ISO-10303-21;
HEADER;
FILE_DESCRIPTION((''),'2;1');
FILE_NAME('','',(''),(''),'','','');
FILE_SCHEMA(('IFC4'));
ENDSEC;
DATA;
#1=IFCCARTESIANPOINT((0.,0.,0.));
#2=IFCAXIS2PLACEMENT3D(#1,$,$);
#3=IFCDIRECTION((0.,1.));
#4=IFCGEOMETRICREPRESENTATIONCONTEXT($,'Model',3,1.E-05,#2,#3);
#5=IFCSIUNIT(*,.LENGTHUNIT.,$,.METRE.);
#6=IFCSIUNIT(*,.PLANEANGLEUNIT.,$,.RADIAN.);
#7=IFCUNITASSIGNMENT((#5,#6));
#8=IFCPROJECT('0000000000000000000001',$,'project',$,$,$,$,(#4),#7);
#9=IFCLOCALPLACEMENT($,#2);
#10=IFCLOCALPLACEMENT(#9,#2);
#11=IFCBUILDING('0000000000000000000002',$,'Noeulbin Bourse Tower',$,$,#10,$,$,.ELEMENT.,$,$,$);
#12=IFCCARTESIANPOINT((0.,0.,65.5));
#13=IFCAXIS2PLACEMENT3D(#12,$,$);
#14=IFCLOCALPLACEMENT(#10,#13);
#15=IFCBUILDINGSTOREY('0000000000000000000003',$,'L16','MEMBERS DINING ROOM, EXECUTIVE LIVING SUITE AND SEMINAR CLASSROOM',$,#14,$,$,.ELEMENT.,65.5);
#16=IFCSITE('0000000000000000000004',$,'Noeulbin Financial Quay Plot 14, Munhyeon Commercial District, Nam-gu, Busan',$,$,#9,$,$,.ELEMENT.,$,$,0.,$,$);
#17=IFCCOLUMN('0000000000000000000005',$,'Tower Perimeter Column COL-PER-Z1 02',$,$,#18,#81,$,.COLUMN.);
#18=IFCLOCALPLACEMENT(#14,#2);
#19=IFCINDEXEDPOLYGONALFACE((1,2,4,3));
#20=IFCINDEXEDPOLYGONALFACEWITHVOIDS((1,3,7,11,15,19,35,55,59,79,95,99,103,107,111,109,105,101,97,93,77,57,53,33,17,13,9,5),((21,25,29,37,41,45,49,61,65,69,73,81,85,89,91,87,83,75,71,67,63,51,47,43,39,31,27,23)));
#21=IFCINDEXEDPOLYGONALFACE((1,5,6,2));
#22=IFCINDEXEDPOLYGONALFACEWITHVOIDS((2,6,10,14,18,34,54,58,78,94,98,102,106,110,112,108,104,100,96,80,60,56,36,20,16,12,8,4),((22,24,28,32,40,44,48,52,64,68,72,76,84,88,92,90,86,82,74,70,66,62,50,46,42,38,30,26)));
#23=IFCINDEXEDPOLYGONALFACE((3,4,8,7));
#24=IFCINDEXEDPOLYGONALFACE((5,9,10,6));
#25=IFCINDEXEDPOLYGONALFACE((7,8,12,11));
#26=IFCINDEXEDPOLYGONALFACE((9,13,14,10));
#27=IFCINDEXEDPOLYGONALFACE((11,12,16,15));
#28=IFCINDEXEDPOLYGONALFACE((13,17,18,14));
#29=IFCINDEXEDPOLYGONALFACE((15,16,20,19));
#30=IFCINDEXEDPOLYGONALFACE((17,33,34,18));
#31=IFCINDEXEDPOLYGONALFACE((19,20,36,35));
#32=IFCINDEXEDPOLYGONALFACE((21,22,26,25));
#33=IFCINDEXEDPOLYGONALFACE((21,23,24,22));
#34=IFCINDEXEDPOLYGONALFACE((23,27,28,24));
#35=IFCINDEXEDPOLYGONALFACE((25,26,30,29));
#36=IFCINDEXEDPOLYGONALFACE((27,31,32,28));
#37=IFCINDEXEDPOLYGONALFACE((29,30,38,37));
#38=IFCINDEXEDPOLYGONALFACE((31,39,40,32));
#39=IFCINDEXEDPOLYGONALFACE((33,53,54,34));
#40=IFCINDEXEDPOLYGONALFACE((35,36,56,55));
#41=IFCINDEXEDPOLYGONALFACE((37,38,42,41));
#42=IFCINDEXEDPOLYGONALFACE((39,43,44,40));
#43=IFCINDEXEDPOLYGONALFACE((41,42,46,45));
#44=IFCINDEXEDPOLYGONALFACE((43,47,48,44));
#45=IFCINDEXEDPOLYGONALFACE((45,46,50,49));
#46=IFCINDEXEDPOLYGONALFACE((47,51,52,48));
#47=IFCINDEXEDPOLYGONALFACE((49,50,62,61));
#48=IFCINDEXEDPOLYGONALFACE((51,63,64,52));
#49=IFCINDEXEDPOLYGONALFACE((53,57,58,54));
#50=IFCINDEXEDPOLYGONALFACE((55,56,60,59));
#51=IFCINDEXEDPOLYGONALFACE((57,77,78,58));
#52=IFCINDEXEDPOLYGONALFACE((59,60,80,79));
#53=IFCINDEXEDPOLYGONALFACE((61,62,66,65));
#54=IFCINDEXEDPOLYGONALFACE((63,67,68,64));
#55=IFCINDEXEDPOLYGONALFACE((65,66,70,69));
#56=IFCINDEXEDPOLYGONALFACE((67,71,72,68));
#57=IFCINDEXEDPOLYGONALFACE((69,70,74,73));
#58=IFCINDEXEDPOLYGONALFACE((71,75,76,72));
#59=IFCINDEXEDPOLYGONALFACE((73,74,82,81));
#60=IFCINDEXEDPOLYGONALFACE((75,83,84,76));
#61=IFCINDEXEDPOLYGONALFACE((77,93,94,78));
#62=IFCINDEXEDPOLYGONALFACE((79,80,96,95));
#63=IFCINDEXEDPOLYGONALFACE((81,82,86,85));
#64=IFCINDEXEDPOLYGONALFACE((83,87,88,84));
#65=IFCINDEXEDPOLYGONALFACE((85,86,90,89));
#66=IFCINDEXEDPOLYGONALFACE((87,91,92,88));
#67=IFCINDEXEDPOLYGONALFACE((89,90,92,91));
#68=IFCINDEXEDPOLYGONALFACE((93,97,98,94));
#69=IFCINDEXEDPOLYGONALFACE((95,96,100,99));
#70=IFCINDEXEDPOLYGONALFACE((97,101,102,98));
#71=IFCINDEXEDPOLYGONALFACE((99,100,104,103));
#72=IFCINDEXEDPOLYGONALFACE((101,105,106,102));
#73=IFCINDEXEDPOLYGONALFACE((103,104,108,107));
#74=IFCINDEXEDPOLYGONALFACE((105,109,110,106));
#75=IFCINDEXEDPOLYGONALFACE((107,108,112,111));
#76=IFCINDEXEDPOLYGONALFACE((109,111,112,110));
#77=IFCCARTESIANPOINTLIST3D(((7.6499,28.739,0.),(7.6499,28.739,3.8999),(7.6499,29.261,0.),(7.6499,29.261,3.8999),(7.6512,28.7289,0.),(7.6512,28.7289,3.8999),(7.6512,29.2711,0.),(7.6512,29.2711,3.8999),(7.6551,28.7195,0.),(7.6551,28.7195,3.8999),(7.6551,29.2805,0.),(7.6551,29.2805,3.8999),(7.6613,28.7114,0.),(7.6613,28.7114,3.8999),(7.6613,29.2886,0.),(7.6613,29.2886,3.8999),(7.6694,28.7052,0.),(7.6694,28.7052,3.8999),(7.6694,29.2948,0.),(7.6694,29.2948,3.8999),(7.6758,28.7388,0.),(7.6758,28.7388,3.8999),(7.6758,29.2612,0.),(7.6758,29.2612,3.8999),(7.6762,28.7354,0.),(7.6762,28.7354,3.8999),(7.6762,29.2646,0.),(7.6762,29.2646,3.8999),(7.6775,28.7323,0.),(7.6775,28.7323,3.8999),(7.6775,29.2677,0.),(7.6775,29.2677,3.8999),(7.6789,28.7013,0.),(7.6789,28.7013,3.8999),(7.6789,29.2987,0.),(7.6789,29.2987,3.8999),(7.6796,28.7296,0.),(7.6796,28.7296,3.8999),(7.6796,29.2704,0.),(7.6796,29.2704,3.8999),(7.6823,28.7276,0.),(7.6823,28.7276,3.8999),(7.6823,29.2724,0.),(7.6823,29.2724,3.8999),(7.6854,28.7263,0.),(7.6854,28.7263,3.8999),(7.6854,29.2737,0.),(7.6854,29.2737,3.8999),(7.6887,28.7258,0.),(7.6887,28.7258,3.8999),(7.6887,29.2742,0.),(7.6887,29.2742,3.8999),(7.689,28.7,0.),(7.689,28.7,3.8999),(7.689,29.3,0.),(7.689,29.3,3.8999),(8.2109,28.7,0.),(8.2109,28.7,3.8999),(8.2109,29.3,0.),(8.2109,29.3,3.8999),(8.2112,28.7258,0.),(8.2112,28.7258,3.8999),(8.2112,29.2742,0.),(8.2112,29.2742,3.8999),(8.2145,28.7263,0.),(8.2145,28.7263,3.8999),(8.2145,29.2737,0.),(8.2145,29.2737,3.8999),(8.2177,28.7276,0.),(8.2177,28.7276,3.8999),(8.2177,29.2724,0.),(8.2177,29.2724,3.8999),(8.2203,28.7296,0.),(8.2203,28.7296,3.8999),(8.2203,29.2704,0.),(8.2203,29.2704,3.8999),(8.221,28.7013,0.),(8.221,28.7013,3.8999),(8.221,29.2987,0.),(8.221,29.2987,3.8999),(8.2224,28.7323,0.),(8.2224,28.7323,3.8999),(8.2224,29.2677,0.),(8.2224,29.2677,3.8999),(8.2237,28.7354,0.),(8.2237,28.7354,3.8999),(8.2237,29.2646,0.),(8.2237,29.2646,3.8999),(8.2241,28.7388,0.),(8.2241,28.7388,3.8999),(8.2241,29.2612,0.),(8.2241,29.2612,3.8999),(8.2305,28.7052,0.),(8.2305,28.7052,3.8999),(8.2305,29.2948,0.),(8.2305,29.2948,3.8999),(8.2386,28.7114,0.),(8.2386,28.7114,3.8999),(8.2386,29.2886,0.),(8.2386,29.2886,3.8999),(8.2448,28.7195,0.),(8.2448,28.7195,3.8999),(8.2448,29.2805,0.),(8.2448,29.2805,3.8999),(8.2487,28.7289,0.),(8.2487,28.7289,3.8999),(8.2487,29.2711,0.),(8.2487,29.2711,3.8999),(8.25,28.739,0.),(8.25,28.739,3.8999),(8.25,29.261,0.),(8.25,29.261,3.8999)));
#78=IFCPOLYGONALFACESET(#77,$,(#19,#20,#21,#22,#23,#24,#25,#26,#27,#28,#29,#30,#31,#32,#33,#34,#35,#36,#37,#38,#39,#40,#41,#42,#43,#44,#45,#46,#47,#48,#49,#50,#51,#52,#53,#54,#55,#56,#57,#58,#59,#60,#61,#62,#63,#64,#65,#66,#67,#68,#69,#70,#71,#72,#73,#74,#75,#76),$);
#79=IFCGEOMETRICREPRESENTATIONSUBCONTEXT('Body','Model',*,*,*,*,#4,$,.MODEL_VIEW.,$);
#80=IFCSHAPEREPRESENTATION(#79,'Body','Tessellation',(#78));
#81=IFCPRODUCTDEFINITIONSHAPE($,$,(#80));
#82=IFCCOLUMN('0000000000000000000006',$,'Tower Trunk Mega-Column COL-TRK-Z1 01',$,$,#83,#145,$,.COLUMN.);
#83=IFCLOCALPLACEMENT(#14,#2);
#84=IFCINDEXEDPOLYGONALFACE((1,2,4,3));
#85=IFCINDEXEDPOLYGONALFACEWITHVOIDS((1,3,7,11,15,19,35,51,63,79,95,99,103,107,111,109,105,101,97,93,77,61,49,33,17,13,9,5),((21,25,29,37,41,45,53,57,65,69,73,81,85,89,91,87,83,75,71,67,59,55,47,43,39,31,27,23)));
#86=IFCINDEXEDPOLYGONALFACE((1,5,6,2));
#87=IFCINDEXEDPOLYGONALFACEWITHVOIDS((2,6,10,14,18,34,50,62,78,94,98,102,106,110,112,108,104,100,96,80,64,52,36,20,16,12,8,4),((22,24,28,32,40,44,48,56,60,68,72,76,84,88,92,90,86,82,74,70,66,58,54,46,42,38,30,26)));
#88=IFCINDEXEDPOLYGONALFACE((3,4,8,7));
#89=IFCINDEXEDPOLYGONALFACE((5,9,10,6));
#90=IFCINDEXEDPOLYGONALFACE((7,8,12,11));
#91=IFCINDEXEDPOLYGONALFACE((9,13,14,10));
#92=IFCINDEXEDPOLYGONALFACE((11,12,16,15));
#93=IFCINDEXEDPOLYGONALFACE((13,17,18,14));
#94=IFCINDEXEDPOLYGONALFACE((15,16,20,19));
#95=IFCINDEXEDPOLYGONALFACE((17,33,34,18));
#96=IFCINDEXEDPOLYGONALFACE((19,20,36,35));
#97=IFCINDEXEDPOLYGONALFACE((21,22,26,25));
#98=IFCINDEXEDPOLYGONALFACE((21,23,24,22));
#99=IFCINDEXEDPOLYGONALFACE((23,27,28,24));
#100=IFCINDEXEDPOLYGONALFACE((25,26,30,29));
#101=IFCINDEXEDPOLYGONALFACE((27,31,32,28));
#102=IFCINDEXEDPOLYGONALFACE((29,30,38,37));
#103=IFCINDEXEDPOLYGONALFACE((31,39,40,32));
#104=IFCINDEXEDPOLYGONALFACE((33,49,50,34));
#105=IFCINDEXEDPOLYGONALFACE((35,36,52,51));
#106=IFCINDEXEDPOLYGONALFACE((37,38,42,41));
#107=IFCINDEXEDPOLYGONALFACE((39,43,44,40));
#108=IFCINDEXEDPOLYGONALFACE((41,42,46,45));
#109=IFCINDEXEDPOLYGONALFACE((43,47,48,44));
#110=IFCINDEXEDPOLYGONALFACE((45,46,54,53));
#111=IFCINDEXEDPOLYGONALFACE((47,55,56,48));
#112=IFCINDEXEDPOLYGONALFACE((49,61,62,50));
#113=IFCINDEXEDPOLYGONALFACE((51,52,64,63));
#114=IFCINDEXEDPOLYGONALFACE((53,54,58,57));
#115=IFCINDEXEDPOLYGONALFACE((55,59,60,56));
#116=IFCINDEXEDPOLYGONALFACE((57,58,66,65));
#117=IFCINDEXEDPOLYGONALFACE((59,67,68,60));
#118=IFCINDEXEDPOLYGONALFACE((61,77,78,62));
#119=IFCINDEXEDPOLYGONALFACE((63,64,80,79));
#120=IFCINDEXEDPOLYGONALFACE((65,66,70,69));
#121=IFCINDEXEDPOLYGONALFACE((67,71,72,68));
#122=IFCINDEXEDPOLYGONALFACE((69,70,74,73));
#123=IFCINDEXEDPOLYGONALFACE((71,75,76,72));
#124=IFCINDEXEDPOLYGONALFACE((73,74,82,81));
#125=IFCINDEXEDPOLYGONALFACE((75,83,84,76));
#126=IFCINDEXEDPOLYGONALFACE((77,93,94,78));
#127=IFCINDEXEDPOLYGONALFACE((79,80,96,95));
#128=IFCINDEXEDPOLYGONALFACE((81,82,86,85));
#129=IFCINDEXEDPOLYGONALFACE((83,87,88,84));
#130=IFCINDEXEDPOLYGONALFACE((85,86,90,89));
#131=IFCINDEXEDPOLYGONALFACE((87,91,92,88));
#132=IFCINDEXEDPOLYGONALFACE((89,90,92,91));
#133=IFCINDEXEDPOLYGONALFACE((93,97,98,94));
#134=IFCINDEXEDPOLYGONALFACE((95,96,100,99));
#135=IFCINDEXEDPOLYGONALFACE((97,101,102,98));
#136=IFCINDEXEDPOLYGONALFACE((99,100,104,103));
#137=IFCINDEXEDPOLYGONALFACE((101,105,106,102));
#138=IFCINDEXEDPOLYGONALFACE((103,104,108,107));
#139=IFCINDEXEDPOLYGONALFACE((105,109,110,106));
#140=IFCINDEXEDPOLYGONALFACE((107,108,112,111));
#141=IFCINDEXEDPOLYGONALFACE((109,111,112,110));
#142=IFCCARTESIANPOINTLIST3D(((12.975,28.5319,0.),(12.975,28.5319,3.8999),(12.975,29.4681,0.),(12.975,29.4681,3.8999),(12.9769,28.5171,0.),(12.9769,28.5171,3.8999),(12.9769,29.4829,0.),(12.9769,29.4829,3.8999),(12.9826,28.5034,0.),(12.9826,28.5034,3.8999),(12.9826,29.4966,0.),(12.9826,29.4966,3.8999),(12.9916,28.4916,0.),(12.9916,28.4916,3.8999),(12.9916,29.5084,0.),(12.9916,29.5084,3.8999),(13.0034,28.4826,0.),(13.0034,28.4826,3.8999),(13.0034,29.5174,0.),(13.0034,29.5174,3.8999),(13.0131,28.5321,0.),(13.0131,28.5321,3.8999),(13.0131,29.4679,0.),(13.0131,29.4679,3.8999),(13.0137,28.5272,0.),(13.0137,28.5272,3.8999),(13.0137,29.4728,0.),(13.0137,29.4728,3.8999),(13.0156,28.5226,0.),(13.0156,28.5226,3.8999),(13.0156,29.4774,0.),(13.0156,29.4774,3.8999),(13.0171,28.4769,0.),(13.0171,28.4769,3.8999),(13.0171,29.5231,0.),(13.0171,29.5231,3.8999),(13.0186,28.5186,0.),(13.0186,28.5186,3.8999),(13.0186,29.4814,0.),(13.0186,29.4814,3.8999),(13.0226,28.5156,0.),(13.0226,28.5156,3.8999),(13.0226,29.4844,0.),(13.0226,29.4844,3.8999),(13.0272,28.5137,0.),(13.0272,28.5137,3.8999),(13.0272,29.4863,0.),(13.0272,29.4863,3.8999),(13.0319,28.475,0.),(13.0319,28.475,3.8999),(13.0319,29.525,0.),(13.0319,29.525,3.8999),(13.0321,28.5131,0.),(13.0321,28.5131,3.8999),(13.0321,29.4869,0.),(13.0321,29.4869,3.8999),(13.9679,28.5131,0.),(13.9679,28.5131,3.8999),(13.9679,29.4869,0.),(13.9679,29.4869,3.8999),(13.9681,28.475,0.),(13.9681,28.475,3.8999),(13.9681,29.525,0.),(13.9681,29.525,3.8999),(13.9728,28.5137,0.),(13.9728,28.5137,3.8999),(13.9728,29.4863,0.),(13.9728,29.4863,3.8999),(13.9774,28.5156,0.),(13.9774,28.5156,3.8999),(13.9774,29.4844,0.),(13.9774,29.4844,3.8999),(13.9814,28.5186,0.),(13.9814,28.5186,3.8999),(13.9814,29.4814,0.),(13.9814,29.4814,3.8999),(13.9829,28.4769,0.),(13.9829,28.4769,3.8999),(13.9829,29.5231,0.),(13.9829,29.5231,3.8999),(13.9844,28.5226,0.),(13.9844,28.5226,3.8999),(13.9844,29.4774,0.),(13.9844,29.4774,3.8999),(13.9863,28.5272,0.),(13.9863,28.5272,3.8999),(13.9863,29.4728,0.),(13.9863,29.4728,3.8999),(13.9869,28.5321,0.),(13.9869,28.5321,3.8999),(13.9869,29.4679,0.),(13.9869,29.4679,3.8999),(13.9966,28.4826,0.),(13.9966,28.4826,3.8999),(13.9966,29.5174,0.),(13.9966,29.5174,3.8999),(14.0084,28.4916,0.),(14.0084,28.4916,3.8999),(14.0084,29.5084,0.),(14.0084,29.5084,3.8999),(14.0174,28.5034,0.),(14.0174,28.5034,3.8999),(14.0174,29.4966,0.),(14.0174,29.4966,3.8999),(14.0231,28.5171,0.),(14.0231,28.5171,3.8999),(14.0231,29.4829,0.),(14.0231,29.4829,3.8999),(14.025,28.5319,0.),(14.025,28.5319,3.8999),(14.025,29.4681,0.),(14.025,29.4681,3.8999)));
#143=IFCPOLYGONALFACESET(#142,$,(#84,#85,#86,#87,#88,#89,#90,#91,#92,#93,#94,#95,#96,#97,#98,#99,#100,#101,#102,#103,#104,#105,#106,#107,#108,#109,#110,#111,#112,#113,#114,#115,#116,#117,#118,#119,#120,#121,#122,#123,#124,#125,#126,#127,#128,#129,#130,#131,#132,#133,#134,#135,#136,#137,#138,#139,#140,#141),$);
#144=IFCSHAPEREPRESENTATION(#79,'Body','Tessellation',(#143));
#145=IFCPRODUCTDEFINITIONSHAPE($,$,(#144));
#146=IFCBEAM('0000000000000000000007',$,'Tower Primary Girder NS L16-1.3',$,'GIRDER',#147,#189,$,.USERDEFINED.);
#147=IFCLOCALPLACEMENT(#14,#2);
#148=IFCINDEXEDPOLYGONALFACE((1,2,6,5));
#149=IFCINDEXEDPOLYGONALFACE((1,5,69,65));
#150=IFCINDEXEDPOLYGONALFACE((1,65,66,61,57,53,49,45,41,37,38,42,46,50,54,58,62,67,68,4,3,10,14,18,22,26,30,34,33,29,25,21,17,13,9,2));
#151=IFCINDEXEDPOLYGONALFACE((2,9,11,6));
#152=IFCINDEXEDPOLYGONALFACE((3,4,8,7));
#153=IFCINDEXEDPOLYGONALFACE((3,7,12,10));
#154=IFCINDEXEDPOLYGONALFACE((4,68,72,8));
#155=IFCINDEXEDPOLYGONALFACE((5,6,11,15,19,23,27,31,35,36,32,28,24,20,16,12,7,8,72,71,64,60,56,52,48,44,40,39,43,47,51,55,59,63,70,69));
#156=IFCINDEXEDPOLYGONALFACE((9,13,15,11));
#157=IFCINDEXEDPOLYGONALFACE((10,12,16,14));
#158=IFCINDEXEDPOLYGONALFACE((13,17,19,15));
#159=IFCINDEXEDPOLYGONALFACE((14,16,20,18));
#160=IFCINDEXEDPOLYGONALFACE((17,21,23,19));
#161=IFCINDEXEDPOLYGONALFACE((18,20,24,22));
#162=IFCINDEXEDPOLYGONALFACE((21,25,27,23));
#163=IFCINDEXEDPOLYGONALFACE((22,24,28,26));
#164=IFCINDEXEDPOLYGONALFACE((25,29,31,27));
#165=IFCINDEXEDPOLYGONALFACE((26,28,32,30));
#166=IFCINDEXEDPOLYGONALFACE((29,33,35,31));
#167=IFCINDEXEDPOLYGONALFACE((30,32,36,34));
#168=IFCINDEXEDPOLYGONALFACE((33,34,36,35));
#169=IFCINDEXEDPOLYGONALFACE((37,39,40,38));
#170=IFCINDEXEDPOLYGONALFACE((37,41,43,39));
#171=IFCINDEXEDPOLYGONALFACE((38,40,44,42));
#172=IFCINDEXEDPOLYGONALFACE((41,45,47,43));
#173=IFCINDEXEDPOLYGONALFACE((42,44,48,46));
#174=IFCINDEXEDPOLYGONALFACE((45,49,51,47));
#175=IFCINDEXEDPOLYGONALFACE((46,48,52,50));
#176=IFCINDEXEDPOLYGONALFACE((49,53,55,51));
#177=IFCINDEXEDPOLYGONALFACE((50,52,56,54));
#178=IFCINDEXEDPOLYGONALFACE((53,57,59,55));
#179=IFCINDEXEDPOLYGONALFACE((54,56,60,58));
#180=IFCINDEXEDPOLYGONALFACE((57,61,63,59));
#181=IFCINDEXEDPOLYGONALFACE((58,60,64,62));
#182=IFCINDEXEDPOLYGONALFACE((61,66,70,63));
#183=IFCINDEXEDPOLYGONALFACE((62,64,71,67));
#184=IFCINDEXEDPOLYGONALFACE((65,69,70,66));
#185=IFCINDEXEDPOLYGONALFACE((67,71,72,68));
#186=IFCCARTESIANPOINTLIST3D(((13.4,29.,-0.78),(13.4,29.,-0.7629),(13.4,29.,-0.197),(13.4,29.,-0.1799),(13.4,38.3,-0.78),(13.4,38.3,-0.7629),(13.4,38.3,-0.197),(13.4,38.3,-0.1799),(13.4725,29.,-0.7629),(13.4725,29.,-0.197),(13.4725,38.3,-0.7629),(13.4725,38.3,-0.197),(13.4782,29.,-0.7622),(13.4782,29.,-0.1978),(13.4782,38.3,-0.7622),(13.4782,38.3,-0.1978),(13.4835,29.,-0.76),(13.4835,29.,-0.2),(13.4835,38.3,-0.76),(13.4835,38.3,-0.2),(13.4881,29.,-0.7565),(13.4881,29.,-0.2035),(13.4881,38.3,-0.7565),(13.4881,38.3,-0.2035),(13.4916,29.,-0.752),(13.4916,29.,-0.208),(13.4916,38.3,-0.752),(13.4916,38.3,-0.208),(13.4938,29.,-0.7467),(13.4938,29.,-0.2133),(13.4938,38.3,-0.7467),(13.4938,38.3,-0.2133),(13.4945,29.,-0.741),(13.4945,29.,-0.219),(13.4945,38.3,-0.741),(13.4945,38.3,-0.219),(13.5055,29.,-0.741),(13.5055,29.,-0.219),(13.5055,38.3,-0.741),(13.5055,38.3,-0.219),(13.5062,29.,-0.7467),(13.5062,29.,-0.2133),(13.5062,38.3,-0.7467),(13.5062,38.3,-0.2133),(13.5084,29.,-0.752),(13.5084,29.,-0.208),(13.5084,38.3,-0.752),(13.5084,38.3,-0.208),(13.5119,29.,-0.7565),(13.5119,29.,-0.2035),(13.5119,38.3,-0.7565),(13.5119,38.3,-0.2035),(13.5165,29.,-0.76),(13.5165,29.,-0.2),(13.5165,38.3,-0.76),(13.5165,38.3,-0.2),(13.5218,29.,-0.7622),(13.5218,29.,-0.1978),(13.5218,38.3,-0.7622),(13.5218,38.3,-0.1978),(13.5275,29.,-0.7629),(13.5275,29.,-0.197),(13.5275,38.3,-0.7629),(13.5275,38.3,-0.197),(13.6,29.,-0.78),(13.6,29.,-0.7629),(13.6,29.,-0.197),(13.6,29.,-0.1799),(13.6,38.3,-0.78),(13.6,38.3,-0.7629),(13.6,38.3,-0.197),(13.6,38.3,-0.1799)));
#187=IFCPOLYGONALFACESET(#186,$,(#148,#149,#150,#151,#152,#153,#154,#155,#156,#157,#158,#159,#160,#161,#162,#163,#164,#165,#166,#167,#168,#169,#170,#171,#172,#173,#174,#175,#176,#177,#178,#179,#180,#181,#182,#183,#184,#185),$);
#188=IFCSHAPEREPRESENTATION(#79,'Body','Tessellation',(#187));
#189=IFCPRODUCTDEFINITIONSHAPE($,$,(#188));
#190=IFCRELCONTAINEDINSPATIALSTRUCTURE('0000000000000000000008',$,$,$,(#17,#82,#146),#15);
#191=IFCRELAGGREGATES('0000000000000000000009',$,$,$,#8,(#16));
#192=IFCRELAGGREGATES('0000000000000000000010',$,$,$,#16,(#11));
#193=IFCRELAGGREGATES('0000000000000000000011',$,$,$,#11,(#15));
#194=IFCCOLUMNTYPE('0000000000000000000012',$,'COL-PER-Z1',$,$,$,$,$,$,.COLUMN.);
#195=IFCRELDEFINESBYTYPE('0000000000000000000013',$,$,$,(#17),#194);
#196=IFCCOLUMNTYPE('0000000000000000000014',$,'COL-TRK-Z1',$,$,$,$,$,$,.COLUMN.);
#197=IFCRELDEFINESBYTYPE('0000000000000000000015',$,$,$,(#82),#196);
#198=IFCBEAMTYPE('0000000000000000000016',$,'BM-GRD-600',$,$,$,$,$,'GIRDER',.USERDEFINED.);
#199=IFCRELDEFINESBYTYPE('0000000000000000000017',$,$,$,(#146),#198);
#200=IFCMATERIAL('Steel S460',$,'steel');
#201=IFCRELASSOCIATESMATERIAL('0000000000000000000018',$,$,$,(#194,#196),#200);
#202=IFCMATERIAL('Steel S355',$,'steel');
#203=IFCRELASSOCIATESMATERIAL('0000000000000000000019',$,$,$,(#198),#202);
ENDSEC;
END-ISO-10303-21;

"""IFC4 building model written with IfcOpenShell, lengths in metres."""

from ifc_helpers import new_model, si_unit, direction, frame, origin, origin_2d, place, context, subcontext, project, spatial, hollow_rectangle, i_section, extrude, material, material_profile, profile_set, type_object, element, save


model = new_model("IFC4")

# Units and contexts
model_context = context("Model", 3, precision=1e-05, world=origin(), true_north=direction((0.0, 1.0)))
body_context = subcontext(model_context, "Body", "Model", "MODEL_VIEW")
ifc_project = project(units=[si_unit("LENGTHUNIT", "METRE"), si_unit("PLANEANGLEUNIT", "RADIAN")], contexts=[model_context])

# Site, building, storey
site_placement = place(None, origin())
site = spatial("IfcSite", under=ifc_project, at=site_placement, Name="Noeulbin Financial Quay Plot 14, Munhyeon Commercial District, Nam-gu, Busan", CompositionType="ELEMENT", RefElevation=0.0)
building_placement = place(site_placement, origin())
building = spatial("IfcBuilding", under=site, at=building_placement, Name="Noeulbin Bourse Tower", CompositionType="ELEMENT")
storey_placement = place(building_placement, frame((0.0, 0.0, 65.5)))
storey = spatial("IfcBuildingStorey", under=building, at=storey_placement, Name="L16", Description="MEMBERS DINING ROOM, EXECUTIVE LIVING SUITE AND SEMINAR CLASSROOM", CompositionType="ELEMENT", Elevation=65.5)

# Columns
ifc_material_1 = material(Name="Steel S460", Category="steel")
ifc_material_profile_1 = material_profile(ifc_material_1, hollow_rectangle(XDim=0.6001, YDim=0.6001, WallThickness=0.0259, InnerFilletRadius=0.0129, OuterFilletRadius=0.0391, at=origin_2d()), Name="BOX-600x600x26", Category="LoadBearing")
ifc_profile_set_1 = profile_set([ifc_material_profile_1], Name="Steel S460")
column_type_1 = type_object("IfcColumnType", Name="COL-PER-Z1", PredefinedType="COLUMN", material=ifc_profile_set_1)
column_1_placement = place(storey_placement, frame((7.95, 29.0, 0.0), z_axis=(0.0, 0.0, 1.0), x_axis=(1.0, 0.0, 0.0)))
element("IfcColumn", 1, at=column_1_placement, inside=storey, type_object=column_type_1, Name="Tower Perimeter Column COL-PER-Z1 02", PredefinedType="COLUMN", context=body_context, shape_type="SweptSolid", body=[
    extrude(hollow_rectangle(XDim=0.6001, YDim=0.6001, WallThickness=0.0259, InnerFilletRadius=0.0129, OuterFilletRadius=0.0391, at=origin_2d()), origin(), (0.0, 0.0, 1.0), 3.8999),
])
ifc_material_profile_2 = material_profile(ifc_material_1, hollow_rectangle(XDim=1.05, YDim=1.05, WallThickness=0.0381, InnerFilletRadius=0.019, OuterFilletRadius=0.0569, at=origin_2d()), Name="BOX-1050x1050x38", Category="LoadBearing")
ifc_profile_set_2 = profile_set([ifc_material_profile_2], Name="Steel S460")
column_type_2 = type_object("IfcColumnType", Name="COL-TRK-Z1", PredefinedType="COLUMN", material=ifc_profile_set_2)
column_2_placement = place(storey_placement, frame((13.5, 29.0, 0.0), z_axis=(0.0, 0.0, 1.0), x_axis=(1.0, 0.0, 0.0)))
element("IfcColumn", 2, at=column_2_placement, inside=storey, type_object=column_type_2, Name="Tower Trunk Mega-Column COL-TRK-Z1 01", PredefinedType="COLUMN", context=body_context, shape_type="SweptSolid", body=[
    extrude(hollow_rectangle(XDim=1.05, YDim=1.05, WallThickness=0.0381, InnerFilletRadius=0.019, OuterFilletRadius=0.0569, at=origin_2d()), origin(), (0.0, 0.0, 1.0), 3.8999),
])

# Beam
ifc_material_2 = material(Name="Steel S355", Category="steel")
ifc_material_profile_3 = material_profile(ifc_material_2, i_section(OverallWidth=0.2, OverallDepth=0.6001, WebThickness=0.011, FlangeThickness=0.0171, FilletRadius=0.022, at=origin_2d()), Name="H-600x200x11x17", Category="LoadBearing")
ifc_profile_set_3 = profile_set([ifc_material_profile_3], Name="Steel S355")
beam_type_1 = type_object("IfcBeamType", Name="BM-GRD-600", ElementType="GIRDER", PredefinedType="USERDEFINED", material=ifc_profile_set_3)
beam_1_placement = place(storey_placement, frame((13.5, 29.0, -0.48), z_axis=(0.0, 1.0, 0.0), x_axis=(-1.0, 0.0, 0.0)))
element("IfcBeam", 3, at=beam_1_placement, inside=storey, type_object=beam_type_1, Name="Tower Primary Girder NS L16-1.3", ObjectType="GIRDER", PredefinedType="USERDEFINED", context=body_context, shape_type="SweptSolid", body=[
    extrude(i_section(OverallWidth=0.2, OverallDepth=0.6001, WebThickness=0.011, FlangeThickness=0.0171, FilletRadius=0.022, at=origin_2d()), origin(), (0.0, 0.0, 1.0), 9.3),
])

save(model, "model.ifc")
